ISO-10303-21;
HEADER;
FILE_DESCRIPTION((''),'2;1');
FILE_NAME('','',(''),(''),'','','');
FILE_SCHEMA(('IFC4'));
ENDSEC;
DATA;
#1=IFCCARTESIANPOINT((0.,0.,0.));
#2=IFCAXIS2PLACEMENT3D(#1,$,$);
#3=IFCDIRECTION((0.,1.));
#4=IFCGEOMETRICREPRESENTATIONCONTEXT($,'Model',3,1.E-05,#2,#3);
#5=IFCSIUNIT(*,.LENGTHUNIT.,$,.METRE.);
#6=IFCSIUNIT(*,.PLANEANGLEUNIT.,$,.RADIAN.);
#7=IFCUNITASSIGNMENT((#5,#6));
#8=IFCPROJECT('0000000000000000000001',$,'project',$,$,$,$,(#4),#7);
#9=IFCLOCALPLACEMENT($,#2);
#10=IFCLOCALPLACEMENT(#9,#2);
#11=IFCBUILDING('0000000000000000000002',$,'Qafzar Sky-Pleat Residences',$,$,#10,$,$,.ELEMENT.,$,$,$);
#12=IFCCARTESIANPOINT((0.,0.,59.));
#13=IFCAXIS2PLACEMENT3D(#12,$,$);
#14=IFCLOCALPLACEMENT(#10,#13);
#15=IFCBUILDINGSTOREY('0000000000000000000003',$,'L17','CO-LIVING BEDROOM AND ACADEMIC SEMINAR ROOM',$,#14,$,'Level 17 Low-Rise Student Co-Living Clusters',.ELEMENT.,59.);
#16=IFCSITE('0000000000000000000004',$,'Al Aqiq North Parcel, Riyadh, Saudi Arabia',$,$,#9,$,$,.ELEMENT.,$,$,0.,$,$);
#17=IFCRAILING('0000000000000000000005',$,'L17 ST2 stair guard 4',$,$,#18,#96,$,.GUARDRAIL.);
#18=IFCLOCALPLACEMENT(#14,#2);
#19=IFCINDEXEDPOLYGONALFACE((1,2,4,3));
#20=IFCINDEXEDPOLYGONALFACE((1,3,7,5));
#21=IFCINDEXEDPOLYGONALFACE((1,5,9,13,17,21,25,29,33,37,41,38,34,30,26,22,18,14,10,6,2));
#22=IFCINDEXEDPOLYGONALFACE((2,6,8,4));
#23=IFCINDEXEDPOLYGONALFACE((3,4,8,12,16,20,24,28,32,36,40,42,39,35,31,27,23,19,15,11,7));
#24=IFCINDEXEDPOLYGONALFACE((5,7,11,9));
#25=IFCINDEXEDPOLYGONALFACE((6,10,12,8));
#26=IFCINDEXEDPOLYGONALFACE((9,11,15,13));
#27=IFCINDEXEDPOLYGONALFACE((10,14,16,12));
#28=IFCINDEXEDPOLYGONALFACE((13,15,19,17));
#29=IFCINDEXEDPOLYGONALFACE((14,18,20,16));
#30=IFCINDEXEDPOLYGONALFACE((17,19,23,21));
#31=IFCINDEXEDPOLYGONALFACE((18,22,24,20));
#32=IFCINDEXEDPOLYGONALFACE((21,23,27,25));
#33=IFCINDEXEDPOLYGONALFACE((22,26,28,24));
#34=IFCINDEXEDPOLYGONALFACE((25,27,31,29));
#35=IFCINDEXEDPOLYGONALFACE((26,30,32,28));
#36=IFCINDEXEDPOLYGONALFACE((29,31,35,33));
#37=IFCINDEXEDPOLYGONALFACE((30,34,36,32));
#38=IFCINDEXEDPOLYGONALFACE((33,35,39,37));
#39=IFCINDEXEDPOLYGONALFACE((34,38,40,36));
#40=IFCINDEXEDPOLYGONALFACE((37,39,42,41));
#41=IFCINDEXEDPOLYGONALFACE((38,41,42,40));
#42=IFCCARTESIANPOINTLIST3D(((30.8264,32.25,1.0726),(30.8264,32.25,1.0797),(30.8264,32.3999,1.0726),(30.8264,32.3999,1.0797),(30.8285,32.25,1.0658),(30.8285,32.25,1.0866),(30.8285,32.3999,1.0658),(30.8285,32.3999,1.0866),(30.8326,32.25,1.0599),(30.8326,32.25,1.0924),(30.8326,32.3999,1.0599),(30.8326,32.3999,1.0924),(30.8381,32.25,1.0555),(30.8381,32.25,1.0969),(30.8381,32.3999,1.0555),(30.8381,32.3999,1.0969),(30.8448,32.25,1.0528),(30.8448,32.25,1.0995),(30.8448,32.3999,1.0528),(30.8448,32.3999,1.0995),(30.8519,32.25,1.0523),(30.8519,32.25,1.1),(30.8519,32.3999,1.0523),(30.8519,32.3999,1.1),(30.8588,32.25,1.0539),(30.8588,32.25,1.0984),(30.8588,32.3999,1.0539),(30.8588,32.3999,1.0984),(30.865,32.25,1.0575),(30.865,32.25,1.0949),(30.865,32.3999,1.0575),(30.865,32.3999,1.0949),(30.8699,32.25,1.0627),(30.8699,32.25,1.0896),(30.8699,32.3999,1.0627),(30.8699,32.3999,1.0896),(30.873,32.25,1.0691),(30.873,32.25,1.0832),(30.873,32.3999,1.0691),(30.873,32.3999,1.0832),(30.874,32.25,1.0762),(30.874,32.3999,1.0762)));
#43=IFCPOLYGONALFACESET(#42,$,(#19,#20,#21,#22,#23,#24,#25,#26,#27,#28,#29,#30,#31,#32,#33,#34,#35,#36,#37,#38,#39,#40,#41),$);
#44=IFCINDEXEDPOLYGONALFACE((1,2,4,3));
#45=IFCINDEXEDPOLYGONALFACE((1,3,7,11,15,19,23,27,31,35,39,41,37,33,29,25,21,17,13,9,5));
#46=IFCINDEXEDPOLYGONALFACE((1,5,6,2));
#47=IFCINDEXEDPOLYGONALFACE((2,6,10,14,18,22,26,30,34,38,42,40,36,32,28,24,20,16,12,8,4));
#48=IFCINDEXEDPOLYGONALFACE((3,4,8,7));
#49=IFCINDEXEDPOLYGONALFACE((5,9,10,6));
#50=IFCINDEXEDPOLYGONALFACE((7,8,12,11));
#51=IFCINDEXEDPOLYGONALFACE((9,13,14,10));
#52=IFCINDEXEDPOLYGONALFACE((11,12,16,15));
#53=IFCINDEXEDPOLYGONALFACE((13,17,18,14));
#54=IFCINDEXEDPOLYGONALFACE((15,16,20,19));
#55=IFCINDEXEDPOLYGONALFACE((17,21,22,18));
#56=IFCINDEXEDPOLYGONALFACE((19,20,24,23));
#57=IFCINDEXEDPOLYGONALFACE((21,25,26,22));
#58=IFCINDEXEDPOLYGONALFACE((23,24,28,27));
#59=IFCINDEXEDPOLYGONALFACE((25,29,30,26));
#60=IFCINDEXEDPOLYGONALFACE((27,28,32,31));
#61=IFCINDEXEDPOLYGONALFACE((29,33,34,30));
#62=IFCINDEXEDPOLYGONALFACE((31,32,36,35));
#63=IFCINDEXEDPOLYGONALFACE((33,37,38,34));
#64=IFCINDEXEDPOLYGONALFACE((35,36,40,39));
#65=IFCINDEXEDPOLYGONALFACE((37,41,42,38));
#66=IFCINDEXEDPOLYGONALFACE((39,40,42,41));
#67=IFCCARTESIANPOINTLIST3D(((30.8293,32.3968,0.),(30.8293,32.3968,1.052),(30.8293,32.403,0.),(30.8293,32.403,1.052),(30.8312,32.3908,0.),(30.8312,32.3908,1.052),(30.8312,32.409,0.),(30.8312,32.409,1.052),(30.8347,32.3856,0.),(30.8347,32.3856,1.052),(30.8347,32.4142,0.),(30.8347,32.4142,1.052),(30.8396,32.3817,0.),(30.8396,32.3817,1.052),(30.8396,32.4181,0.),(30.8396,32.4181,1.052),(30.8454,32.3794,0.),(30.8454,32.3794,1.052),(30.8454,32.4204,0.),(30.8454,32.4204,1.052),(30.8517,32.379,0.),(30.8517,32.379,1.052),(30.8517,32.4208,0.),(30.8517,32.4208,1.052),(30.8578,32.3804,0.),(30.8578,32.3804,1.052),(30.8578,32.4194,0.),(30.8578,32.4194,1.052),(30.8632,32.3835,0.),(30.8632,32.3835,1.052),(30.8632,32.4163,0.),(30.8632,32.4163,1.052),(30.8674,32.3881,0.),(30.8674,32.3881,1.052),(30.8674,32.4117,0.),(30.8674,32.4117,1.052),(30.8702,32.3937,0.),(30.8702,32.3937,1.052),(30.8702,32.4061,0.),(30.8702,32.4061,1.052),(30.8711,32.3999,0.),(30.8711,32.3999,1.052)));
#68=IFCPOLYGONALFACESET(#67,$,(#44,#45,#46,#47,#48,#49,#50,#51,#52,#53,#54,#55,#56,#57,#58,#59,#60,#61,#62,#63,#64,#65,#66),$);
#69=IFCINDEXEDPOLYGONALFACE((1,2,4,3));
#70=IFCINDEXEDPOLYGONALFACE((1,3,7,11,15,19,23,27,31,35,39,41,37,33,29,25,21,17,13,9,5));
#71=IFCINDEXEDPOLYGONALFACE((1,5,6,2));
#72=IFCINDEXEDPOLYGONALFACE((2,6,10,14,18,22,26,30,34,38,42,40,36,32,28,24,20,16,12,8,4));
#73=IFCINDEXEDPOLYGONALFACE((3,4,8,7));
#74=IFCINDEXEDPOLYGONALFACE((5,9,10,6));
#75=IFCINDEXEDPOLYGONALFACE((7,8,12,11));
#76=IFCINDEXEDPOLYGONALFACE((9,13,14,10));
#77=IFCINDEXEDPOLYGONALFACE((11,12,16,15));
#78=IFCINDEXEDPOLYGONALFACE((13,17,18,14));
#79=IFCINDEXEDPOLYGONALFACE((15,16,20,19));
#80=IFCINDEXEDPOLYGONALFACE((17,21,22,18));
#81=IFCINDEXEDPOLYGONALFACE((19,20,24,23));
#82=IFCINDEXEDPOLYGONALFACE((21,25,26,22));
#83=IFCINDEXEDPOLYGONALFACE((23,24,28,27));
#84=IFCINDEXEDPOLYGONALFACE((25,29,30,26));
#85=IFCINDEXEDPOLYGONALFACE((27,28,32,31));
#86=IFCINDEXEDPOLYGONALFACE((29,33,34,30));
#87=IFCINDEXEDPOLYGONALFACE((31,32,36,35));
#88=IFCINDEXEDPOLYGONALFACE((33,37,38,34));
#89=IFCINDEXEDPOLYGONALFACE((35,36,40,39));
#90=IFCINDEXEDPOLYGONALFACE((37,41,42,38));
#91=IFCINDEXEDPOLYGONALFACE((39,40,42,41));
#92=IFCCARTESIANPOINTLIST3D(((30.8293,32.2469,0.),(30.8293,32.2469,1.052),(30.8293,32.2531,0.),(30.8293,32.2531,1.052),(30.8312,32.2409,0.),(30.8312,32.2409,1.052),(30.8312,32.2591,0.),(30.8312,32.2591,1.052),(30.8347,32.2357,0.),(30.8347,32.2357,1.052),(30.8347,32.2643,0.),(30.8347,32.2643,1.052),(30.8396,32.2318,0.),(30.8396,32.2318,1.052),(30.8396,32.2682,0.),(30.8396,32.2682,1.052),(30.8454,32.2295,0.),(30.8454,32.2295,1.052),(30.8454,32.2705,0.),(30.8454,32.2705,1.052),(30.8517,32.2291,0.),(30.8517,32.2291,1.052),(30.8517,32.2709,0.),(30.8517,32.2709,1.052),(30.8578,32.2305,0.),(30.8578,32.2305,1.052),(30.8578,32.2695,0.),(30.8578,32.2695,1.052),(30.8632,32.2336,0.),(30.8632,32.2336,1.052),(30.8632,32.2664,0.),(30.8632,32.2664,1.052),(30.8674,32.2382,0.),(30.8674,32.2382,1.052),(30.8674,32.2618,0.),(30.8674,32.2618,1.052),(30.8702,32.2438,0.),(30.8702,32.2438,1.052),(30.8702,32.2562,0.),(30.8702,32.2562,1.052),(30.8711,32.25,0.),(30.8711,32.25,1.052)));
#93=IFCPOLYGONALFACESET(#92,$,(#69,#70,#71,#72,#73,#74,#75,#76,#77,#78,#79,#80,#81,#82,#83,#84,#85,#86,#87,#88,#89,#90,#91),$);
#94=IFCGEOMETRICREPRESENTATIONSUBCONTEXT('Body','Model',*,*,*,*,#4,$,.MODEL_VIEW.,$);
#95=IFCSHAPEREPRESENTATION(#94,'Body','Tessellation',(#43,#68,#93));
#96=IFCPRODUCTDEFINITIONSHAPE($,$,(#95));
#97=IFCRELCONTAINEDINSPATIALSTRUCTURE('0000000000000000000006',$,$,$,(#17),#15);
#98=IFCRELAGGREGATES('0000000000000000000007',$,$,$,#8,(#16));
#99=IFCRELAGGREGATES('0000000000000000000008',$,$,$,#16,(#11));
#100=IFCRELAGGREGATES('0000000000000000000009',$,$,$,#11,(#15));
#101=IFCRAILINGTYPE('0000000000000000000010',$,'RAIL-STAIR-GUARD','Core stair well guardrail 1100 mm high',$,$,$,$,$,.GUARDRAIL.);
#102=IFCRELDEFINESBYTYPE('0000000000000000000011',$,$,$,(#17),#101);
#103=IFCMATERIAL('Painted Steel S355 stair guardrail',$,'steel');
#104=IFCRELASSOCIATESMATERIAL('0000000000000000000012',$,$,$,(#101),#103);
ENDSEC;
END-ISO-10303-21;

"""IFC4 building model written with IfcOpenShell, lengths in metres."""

from ifc_helpers import new_model, si_unit, direction, frame, origin, origin_2d, place, context, subcontext, project, spatial, circle, extrude, source, transform, mapped, material, type_object, element, save


model = new_model("IFC4")

# Units and contexts
model_context = context("Model", 3, precision=1e-05, world=origin(), true_north=direction((0.0, 1.0)))
body_context = subcontext(model_context, "Body", "Model", "MODEL_VIEW")
ifc_project = project(units=[si_unit("LENGTHUNIT", "METRE"), si_unit("PLANEANGLEUNIT", "RADIAN")], contexts=[model_context])

# Site, building, storey
site_placement = place(None, origin())
site = spatial("IfcSite", under=ifc_project, at=site_placement, Name="Al Aqiq North Parcel, Riyadh, Saudi Arabia", CompositionType="ELEMENT", RefElevation=0.0)
building_placement = place(site_placement, origin())
building = spatial("IfcBuilding", under=site, at=building_placement, Name="Qafzar Sky-Pleat Residences", CompositionType="ELEMENT")
storey_placement = place(building_placement, frame((0.0, 0.0, 59.0)))
storey = spatial("IfcBuildingStorey", under=building, at=storey_placement, Name="L17", Description="CO-LIVING BEDROOM AND ACADEMIC SEMINAR ROOM", LongName="Level 17 Low-Rise Student Co-Living Clusters", CompositionType="ELEMENT", Elevation=59.0)

# Railing
ifc_material_1 = material(Name="Painted Steel S355 stair guardrail", Category="steel")
railing_type_1 = type_object("IfcRailingType", Name="RAIL-STAIR-GUARD", Description="Core stair well guardrail 1100 mm high", PredefinedType="GUARDRAIL", material=ifc_material_1)
shared_shape_1 = source(origin(), body_context, "Body", "SweptSolid", [
    extrude(circle(Radius=0.0239, at=origin_2d()), frame((0.0, 0.0, 1.0762), z_axis=(0.0, -1.0, 0.0), x_axis=(1.0, 0.0, 0.0)), (0.0, 0.0, 1.0), 0.1499),
    extrude(circle(Radius=0.021, at=origin_2d()), origin(), (0.0, 0.0, 1.0), 1.052),
    extrude(circle(Radius=0.021, at=origin_2d()), frame((0.0, -0.1499, 0.0)), (0.0, 0.0, 1.0), 1.052),
])
railing_1_placement = place(storey_placement, frame((30.8501, 32.3999, 0.0)))
element("IfcRailing", 1, at=railing_1_placement, inside=storey, type_object=railing_type_1, Name="L17 ST2 stair guard 4", PredefinedType="GUARDRAIL", context=body_context, shape_type="MappedRepresentation", body=[
    mapped(shared_shape_1, transform((0.0, 0.0, 0.0), x_axis=(1.0, 0.0, 0.0), y_axis=(0.0, 1.0, 0.0), z_axis=(0.0, 0.0, 1.0), scale=1.0)),
])

save(model, "model.ifc")
